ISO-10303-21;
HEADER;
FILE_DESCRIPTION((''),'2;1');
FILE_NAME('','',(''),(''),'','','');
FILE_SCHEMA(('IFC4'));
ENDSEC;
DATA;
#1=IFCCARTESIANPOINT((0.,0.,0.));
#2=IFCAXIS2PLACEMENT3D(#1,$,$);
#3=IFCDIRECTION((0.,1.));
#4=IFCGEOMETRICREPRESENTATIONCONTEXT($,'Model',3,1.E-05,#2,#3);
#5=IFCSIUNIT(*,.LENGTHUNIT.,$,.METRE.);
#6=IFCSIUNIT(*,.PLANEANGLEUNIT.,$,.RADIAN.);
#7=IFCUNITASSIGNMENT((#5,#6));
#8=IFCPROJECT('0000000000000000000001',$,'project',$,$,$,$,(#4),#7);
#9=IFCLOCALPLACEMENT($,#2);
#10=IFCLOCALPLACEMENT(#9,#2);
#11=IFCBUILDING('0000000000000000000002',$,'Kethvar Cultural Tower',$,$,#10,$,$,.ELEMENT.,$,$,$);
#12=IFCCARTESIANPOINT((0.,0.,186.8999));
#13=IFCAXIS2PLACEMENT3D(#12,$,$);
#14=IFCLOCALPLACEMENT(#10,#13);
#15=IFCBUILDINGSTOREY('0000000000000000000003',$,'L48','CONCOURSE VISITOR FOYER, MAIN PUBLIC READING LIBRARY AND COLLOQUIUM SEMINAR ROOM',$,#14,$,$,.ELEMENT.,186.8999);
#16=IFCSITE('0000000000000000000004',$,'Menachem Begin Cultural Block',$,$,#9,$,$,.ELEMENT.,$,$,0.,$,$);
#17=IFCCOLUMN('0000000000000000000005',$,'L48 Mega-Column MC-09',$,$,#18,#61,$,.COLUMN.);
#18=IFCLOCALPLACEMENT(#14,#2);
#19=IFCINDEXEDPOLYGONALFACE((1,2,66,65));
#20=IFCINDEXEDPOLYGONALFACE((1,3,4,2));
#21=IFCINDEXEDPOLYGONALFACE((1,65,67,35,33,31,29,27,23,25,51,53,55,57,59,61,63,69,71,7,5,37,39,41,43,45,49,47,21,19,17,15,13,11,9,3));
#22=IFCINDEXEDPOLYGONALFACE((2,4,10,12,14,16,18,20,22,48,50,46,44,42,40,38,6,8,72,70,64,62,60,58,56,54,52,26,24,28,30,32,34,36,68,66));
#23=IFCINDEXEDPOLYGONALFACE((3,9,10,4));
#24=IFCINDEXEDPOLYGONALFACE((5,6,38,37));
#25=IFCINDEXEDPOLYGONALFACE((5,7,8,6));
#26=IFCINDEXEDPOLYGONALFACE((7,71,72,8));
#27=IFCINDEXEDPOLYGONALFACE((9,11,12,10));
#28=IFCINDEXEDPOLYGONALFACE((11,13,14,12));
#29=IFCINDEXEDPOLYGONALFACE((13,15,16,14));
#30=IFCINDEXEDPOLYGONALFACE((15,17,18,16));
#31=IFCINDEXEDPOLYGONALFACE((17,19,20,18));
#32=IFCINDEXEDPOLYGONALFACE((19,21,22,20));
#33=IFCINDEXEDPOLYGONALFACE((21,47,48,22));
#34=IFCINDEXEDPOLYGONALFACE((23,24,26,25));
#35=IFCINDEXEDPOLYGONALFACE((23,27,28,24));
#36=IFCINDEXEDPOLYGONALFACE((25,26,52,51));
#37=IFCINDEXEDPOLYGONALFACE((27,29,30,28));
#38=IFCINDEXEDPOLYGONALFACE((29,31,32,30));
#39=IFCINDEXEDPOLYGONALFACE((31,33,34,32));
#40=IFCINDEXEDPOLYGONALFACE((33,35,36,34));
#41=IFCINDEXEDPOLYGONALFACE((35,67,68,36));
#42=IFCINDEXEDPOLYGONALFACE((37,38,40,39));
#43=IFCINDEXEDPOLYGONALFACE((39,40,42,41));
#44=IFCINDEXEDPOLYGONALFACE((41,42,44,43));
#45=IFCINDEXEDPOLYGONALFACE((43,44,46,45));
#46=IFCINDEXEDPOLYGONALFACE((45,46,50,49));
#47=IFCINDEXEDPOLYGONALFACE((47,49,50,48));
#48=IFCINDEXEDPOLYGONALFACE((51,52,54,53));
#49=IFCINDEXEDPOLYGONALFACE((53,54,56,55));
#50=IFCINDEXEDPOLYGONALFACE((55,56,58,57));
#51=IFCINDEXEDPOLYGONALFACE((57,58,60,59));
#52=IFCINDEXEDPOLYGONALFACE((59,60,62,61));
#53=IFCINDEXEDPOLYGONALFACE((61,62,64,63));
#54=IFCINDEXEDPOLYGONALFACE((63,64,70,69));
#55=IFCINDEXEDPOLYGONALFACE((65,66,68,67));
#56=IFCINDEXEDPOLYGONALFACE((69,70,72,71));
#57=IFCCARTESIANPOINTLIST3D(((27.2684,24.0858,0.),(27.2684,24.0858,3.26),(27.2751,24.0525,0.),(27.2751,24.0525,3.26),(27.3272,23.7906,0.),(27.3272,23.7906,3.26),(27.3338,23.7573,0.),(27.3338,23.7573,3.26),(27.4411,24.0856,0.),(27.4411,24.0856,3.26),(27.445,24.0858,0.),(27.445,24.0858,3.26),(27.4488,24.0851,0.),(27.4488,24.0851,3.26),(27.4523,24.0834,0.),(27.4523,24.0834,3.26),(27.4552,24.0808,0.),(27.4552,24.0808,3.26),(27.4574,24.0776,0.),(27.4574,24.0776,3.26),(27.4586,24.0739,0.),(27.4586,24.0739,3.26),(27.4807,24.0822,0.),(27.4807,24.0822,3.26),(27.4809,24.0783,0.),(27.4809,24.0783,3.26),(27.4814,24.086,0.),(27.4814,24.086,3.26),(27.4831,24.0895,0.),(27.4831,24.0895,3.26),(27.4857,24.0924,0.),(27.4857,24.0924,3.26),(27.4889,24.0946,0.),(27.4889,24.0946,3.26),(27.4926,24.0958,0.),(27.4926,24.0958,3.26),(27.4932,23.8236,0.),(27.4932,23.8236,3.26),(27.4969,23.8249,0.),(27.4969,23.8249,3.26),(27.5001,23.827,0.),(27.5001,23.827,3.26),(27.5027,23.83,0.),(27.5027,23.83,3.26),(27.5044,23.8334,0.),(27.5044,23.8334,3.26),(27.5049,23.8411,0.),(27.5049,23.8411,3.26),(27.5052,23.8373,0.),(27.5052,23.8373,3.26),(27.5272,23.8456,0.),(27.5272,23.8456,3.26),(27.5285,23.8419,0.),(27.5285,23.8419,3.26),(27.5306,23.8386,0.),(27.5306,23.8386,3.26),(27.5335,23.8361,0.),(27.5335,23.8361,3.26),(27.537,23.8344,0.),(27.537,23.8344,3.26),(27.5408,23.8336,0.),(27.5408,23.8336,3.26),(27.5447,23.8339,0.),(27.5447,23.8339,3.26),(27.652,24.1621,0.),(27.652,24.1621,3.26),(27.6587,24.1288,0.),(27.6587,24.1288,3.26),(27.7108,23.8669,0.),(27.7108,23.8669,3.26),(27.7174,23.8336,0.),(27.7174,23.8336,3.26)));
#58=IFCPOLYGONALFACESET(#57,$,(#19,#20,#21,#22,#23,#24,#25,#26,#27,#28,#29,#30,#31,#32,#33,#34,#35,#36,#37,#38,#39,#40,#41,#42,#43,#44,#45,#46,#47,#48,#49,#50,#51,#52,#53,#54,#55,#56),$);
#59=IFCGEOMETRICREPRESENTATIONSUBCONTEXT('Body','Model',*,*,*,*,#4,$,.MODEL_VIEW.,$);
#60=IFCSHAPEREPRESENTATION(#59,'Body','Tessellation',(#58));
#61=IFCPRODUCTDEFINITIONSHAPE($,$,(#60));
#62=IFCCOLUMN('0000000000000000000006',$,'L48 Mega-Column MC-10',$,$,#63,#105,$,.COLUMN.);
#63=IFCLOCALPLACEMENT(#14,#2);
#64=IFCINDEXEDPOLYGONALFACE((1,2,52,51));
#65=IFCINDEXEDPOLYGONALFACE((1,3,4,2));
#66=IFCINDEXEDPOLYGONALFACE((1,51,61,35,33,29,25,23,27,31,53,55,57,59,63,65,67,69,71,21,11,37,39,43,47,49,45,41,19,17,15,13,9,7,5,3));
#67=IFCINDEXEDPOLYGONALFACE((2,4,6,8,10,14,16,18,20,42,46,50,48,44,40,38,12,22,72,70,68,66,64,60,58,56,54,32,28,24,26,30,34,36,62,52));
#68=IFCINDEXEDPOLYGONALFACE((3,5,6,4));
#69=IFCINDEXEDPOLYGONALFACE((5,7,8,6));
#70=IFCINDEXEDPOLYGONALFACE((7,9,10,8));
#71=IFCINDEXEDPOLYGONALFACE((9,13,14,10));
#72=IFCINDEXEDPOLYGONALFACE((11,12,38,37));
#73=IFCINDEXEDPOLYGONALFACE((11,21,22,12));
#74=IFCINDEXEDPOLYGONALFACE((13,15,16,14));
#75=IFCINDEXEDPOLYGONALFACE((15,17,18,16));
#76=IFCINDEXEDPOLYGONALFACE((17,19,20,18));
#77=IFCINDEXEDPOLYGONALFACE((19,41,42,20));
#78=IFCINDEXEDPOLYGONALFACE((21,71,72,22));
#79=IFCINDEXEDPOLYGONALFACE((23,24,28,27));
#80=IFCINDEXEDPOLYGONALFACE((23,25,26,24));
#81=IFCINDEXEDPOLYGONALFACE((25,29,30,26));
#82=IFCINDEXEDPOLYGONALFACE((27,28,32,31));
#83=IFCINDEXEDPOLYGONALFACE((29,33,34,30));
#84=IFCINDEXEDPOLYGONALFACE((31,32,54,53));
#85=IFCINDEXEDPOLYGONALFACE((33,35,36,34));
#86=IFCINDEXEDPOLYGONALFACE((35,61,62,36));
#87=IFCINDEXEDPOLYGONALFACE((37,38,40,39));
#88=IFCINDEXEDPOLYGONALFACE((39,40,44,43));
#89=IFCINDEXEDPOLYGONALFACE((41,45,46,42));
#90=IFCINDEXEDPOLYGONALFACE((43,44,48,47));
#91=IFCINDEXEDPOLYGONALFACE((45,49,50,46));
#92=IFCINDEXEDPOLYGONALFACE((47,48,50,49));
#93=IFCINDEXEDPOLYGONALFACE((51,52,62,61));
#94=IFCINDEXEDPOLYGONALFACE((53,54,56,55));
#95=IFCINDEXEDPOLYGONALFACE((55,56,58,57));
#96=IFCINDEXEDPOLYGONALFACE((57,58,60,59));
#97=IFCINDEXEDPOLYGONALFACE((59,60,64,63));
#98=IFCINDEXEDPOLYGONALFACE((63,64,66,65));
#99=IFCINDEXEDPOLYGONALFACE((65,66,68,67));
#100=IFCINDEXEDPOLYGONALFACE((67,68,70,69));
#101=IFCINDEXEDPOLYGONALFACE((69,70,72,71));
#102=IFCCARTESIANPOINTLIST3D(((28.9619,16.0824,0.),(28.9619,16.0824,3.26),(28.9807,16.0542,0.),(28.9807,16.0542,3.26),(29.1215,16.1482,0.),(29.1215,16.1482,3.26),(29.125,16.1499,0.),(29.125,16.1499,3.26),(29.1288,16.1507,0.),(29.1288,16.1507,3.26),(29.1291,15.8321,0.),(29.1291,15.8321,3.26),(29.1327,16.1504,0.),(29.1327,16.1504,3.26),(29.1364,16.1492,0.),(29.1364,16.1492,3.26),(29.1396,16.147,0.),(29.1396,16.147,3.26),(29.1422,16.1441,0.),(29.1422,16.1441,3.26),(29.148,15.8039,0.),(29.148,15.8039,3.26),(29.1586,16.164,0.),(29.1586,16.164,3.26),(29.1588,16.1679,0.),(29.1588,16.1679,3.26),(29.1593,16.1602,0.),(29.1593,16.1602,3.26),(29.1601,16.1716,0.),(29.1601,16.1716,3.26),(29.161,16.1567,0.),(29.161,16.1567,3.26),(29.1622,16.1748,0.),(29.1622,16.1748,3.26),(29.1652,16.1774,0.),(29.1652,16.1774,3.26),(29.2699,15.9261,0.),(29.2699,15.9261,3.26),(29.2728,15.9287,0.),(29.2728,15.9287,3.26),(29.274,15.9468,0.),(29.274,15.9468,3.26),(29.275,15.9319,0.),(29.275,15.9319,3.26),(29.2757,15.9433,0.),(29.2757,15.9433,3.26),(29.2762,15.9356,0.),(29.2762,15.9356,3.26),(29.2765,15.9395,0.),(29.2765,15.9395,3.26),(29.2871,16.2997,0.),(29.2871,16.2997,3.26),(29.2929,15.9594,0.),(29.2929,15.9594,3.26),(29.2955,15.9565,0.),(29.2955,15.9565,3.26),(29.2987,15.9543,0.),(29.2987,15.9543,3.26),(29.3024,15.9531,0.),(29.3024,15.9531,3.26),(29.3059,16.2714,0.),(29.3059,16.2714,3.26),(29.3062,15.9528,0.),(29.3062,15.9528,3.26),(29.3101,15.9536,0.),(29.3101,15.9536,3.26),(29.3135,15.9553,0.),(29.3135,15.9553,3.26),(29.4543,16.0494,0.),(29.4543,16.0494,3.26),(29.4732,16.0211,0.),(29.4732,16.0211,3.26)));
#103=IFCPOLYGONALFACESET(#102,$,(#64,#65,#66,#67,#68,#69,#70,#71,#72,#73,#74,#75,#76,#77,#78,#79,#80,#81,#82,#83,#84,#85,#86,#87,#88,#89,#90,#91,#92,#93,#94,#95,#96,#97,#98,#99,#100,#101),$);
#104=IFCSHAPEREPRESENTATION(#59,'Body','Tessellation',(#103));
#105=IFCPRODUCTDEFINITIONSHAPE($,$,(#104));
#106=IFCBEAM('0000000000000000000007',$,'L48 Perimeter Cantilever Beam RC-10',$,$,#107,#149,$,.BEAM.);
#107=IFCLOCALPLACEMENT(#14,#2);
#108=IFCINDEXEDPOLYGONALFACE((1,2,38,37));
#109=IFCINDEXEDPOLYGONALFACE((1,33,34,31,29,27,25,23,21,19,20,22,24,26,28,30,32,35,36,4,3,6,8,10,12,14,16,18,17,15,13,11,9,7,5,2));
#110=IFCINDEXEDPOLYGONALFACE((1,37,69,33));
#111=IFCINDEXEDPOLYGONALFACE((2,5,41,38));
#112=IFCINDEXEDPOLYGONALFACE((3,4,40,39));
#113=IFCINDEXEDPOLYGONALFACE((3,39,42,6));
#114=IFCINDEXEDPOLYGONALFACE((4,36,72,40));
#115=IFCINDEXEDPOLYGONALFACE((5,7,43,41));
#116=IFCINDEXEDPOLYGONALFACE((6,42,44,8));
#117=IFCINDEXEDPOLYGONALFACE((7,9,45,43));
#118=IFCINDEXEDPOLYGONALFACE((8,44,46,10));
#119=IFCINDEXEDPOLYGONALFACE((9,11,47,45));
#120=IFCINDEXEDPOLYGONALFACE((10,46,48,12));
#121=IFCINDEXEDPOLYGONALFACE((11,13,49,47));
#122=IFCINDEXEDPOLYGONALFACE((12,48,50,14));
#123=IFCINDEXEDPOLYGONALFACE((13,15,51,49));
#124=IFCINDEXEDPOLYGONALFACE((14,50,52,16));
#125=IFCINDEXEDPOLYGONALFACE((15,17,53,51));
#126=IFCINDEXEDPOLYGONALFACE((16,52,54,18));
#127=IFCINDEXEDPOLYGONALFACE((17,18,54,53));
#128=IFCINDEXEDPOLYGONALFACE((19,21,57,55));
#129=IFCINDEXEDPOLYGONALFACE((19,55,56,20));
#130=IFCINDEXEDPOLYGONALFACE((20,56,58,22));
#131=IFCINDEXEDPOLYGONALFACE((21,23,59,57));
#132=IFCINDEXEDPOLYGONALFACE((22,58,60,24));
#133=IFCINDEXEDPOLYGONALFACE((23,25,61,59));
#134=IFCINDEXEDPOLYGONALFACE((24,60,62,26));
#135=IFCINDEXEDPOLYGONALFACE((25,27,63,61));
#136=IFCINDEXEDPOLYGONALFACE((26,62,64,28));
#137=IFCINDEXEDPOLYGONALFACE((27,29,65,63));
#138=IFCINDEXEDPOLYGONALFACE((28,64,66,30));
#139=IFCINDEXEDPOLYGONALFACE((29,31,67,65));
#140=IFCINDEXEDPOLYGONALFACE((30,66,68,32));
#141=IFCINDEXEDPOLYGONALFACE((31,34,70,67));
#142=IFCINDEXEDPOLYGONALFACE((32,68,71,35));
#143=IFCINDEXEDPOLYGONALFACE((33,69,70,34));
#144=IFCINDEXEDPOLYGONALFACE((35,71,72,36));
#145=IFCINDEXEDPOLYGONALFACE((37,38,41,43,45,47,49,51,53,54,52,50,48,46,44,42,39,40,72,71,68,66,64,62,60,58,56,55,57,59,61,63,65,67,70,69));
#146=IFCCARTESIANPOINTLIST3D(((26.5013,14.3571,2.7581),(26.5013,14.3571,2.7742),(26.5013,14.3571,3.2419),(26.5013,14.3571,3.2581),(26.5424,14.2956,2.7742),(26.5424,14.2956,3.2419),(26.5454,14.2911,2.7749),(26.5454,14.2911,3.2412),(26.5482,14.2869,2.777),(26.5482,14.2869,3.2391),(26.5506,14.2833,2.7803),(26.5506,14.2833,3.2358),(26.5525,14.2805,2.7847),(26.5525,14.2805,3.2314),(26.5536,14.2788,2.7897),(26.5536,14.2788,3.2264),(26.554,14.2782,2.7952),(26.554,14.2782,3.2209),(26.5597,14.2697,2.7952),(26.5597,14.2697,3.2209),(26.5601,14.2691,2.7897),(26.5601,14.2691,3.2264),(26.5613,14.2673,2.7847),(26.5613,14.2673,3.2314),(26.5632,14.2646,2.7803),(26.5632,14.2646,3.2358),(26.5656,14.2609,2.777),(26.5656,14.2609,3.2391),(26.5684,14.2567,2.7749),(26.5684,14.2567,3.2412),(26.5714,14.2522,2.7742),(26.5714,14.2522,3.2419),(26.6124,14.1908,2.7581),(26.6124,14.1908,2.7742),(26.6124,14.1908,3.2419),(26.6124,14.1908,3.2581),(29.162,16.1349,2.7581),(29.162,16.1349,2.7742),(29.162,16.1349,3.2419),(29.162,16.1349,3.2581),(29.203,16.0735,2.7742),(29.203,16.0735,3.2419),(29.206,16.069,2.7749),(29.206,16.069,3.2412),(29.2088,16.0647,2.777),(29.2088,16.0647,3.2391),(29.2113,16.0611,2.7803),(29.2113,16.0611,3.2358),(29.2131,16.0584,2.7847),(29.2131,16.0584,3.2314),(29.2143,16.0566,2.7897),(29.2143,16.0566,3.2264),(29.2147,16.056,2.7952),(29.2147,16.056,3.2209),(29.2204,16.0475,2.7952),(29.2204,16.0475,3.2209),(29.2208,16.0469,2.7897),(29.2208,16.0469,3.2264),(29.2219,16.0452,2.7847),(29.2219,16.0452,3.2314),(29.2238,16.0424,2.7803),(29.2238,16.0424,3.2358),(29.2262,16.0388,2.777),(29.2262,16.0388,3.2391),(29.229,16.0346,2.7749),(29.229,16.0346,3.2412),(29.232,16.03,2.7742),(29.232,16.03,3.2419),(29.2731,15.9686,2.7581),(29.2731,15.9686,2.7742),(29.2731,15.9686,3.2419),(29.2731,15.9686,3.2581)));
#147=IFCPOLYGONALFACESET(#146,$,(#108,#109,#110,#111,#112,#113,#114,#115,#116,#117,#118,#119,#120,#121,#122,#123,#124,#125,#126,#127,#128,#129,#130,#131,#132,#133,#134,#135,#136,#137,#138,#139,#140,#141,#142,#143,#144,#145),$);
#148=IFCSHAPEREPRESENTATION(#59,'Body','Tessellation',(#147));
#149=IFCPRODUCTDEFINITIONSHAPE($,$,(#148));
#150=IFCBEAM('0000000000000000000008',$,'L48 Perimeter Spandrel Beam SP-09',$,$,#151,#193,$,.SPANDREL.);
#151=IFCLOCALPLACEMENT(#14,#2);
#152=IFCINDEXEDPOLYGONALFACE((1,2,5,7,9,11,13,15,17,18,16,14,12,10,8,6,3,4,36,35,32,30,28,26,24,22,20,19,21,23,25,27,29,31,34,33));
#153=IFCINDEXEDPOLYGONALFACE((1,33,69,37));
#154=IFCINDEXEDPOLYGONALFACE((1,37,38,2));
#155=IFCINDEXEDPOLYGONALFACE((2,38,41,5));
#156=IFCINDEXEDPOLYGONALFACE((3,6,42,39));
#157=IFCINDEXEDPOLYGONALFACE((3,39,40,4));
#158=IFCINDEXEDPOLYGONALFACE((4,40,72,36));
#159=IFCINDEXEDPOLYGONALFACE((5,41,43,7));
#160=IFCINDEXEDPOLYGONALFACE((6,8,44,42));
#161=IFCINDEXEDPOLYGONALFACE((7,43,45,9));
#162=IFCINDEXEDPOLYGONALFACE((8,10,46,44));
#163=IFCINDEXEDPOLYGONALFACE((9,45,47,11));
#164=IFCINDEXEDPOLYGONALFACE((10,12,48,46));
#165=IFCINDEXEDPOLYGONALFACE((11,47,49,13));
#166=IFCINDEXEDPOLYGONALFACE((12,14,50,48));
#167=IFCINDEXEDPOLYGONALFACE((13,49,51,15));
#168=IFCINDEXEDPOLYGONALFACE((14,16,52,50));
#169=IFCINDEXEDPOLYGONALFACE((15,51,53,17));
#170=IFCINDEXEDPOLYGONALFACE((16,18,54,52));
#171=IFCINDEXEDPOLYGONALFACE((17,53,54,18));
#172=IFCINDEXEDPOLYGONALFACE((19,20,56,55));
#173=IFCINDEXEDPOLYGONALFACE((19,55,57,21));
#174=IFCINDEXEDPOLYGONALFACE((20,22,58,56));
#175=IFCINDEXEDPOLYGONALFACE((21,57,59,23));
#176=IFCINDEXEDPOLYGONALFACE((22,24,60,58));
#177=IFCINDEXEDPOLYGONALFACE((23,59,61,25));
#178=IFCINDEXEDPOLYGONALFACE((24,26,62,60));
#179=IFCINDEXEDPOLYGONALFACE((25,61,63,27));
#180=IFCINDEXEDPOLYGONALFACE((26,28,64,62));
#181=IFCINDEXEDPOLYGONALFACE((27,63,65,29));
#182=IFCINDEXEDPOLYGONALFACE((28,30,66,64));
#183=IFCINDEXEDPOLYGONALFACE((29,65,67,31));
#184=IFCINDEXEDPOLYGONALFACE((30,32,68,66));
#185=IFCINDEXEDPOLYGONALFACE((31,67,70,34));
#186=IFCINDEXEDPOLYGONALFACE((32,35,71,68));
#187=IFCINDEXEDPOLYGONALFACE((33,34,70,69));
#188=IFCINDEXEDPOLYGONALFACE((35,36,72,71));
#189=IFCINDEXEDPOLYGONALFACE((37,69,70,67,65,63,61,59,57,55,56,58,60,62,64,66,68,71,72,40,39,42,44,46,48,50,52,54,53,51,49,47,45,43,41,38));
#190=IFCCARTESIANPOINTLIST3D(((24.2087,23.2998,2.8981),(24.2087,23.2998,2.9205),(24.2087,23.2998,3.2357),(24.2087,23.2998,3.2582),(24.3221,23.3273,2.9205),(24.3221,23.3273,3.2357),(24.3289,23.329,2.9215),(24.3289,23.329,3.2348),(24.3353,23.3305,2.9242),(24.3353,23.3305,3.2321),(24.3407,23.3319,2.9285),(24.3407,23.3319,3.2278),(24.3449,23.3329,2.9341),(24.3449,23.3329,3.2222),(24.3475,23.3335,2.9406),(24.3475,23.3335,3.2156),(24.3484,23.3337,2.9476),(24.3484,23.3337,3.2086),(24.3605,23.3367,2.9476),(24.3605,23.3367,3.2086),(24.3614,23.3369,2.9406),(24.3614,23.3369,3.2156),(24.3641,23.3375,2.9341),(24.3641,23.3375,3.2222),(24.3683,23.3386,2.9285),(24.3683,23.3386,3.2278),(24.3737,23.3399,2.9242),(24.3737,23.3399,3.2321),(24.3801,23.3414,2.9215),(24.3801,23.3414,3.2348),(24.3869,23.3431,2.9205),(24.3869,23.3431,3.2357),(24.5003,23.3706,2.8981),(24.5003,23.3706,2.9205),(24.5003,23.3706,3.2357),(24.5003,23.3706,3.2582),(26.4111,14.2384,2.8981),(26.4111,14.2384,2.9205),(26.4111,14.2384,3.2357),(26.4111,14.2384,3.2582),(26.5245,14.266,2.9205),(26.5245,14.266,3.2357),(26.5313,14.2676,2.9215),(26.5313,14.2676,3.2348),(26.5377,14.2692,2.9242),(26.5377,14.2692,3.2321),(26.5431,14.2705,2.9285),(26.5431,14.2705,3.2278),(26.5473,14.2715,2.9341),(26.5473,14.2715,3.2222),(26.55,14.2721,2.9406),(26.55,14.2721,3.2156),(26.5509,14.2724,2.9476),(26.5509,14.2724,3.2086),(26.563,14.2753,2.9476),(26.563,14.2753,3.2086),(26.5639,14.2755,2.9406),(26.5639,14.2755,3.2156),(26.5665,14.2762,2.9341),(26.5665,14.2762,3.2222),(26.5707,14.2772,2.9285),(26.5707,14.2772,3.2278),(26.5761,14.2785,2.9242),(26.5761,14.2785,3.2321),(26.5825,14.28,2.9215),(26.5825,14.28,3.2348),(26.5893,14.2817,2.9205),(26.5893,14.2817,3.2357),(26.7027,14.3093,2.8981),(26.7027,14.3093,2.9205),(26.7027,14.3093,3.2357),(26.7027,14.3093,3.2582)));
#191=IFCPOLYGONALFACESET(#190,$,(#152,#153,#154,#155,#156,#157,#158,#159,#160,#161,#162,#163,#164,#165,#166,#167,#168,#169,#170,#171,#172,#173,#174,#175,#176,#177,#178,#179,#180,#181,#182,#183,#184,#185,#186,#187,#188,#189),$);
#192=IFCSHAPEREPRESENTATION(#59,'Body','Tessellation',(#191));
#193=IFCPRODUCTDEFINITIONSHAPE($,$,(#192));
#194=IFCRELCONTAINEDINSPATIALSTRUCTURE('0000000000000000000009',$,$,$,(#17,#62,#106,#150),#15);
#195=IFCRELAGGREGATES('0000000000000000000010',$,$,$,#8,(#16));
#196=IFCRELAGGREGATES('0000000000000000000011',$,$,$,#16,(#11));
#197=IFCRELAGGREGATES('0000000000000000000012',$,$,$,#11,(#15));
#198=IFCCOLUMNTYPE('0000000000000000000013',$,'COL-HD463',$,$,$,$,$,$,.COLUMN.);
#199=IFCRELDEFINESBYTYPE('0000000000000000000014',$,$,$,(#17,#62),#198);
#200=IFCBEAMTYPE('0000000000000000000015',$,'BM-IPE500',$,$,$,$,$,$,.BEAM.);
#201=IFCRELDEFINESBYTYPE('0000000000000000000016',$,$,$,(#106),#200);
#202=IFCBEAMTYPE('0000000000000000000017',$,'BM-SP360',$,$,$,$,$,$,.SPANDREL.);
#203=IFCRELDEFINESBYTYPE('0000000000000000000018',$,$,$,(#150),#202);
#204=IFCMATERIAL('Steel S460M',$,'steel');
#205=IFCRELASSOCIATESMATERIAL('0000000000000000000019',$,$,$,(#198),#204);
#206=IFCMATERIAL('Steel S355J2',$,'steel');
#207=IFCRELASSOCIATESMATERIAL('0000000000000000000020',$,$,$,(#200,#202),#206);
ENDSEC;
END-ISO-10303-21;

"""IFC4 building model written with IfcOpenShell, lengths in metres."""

from ifc_helpers import new_model, si_unit, direction, frame, origin, origin_2d, place, context, subcontext, project, spatial, i_section, extrude, source, transform, mapped, material, material_profile, profile_set, type_object, element, save


model = new_model("IFC4")

# Units and contexts
model_context = context("Model", 3, precision=1e-05, world=origin(), true_north=direction((0.0, 1.0)))
body_context = subcontext(model_context, "Body", "Model", "MODEL_VIEW")
ifc_project = project(units=[si_unit("LENGTHUNIT", "METRE"), si_unit("PLANEANGLEUNIT", "RADIAN")], contexts=[model_context])

# Site, building, storey
site_placement = place(None, origin())
site = spatial("IfcSite", under=ifc_project, at=site_placement, Name="Menachem Begin Cultural Block", CompositionType="ELEMENT", RefElevation=0.0)
building_placement = place(site_placement, origin())
building = spatial("IfcBuilding", under=site, at=building_placement, Name="Kethvar Cultural Tower", CompositionType="ELEMENT")
storey_placement = place(building_placement, frame((0.0, 0.0, 186.8999)))
storey = spatial("IfcBuildingStorey", under=building, at=storey_placement, Name="L48", Description="CONCOURSE VISITOR FOYER, MAIN PUBLIC READING LIBRARY AND COLLOQUIUM SEMINAR ROOM", CompositionType="ELEMENT", Elevation=186.8999)

# Columns
ifc_material_1 = material(Name="Steel S460M", Category="steel")
ifc_material_profile_1 = material_profile(ifc_material_1, i_section(OverallWidth=0.3911, OverallDepth=0.335, WebThickness=0.0227, FlangeThickness=0.0339, FilletRadius=0.0149, at=origin_2d()), Name="Steel S460M — HD400x463")
ifc_profile_set_1 = profile_set([ifc_material_profile_1], Name="Steel S460M — HD400x463")
column_type = type_object("IfcColumnType", Name="COL-HD463", PredefinedType="COLUMN", material=ifc_profile_set_1)
shared_shape_1 = source(origin(), body_context, "Body", "SweptSolid", [
    extrude(i_section(OverallWidth=0.3911, OverallDepth=0.335, WebThickness=0.0227, FlangeThickness=0.0339, FilletRadius=0.0149, at=origin_2d()), origin(), (0.0, 0.0, 1.0), 3.26),
])
for number, where, z_axis, x_axis, name in (
    (1, (27.4929, 23.9597, 0.0), (0.0, 0.0, 1.0), (-0.980785, -0.19509, 0.0), "L48 Mega-Column MC-09"),
    (2, (29.2175, 16.0518, 0.0), (0.0, 0.0, 1.0), (-0.83147, -0.55557, 0.0), "L48 Mega-Column MC-10"),
):
    element("IfcColumn", number, at=place(storey_placement, frame(where, z_axis=z_axis, x_axis=x_axis)), inside=storey, type_object=column_type, Name=name, PredefinedType="COLUMN", context=body_context, shape_type="MappedRepresentation", body=[
        mapped(shared_shape_1, transform((0.0, 0.0, 0.0), scale=1.0)),
    ])

# Beams
ifc_material_2 = material(Name="Steel S355J2", Category="steel")
ifc_material_profile_2 = material_profile(ifc_material_2, i_section(OverallWidth=0.2, OverallDepth=0.5, WebThickness=0.0103, FlangeThickness=0.0161, FilletRadius=0.021, at=origin_2d()), Name="Steel S355J2 — IPE500")
ifc_profile_set_2 = profile_set([ifc_material_profile_2], Name="Steel S355J2 — IPE500")
beam_type_1 = type_object("IfcBeamType", Name="BM-IPE500", PredefinedType="BEAM", material=ifc_profile_set_2)
shared_shape_2 = source(origin(), body_context, "Body", "SweptSolid", [
    extrude(i_section(OverallWidth=0.2, OverallDepth=0.5, WebThickness=0.0103, FlangeThickness=0.0161, FilletRadius=0.021, at=origin_2d()), origin(), (0.0, 0.0, 1.0), 3.2),
])
beam_1_placement = place(storey_placement, frame((29.2175, 16.0518, 3.0081), z_axis=(-0.831463, -0.55558, 0.0), x_axis=(0.55558, -0.831463, 0.0)))
element("IfcBeam", 3, at=beam_1_placement, inside=storey, type_object=beam_type_1, Name="L48 Perimeter Cantilever Beam RC-10", PredefinedType="BEAM", context=body_context, shape_type="MappedRepresentation", body=[
    mapped(shared_shape_2, transform((0.0, 0.0, 0.0), scale=1.0)),
])
ifc_material_profile_3 = material_profile(ifc_material_2, i_section(OverallWidth=0.3, OverallDepth=0.3601, WebThickness=0.0125, FlangeThickness=0.0225, FilletRadius=0.0271, at=origin_2d()), Name="Steel S355J2 — HEB360")
ifc_profile_set_3 = profile_set([ifc_material_profile_3], Name="Steel S355J2 — HEB360")
beam_type_2 = type_object("IfcBeamType", Name="BM-SP360", PredefinedType="SPANDREL", material=ifc_profile_set_3)
shared_shape_3 = source(origin(), body_context, "Body", "SweptSolid", [
    extrude(i_section(OverallWidth=0.3, OverallDepth=0.3601, WebThickness=0.0125, FlangeThickness=0.0225, FilletRadius=0.0271, at=origin_2d()), origin(), (0.0, 0.0, 1.0), 9.3252),
])
beam_2_placement = place(storey_placement, frame((24.3545, 23.3352, 3.0781), z_axis=(0.236179, -0.97171, 0.0), x_axis=(0.97171, 0.236179, 0.0)))
element("IfcBeam", 4, at=beam_2_placement, inside=storey, type_object=beam_type_2, Name="L48 Perimeter Spandrel Beam SP-09", PredefinedType="SPANDREL", context=body_context, shape_type="MappedRepresentation", body=[
    mapped(shared_shape_3, transform((0.0, 0.0, 0.0), scale=1.0)),
])

save(model, "model.ifc")
